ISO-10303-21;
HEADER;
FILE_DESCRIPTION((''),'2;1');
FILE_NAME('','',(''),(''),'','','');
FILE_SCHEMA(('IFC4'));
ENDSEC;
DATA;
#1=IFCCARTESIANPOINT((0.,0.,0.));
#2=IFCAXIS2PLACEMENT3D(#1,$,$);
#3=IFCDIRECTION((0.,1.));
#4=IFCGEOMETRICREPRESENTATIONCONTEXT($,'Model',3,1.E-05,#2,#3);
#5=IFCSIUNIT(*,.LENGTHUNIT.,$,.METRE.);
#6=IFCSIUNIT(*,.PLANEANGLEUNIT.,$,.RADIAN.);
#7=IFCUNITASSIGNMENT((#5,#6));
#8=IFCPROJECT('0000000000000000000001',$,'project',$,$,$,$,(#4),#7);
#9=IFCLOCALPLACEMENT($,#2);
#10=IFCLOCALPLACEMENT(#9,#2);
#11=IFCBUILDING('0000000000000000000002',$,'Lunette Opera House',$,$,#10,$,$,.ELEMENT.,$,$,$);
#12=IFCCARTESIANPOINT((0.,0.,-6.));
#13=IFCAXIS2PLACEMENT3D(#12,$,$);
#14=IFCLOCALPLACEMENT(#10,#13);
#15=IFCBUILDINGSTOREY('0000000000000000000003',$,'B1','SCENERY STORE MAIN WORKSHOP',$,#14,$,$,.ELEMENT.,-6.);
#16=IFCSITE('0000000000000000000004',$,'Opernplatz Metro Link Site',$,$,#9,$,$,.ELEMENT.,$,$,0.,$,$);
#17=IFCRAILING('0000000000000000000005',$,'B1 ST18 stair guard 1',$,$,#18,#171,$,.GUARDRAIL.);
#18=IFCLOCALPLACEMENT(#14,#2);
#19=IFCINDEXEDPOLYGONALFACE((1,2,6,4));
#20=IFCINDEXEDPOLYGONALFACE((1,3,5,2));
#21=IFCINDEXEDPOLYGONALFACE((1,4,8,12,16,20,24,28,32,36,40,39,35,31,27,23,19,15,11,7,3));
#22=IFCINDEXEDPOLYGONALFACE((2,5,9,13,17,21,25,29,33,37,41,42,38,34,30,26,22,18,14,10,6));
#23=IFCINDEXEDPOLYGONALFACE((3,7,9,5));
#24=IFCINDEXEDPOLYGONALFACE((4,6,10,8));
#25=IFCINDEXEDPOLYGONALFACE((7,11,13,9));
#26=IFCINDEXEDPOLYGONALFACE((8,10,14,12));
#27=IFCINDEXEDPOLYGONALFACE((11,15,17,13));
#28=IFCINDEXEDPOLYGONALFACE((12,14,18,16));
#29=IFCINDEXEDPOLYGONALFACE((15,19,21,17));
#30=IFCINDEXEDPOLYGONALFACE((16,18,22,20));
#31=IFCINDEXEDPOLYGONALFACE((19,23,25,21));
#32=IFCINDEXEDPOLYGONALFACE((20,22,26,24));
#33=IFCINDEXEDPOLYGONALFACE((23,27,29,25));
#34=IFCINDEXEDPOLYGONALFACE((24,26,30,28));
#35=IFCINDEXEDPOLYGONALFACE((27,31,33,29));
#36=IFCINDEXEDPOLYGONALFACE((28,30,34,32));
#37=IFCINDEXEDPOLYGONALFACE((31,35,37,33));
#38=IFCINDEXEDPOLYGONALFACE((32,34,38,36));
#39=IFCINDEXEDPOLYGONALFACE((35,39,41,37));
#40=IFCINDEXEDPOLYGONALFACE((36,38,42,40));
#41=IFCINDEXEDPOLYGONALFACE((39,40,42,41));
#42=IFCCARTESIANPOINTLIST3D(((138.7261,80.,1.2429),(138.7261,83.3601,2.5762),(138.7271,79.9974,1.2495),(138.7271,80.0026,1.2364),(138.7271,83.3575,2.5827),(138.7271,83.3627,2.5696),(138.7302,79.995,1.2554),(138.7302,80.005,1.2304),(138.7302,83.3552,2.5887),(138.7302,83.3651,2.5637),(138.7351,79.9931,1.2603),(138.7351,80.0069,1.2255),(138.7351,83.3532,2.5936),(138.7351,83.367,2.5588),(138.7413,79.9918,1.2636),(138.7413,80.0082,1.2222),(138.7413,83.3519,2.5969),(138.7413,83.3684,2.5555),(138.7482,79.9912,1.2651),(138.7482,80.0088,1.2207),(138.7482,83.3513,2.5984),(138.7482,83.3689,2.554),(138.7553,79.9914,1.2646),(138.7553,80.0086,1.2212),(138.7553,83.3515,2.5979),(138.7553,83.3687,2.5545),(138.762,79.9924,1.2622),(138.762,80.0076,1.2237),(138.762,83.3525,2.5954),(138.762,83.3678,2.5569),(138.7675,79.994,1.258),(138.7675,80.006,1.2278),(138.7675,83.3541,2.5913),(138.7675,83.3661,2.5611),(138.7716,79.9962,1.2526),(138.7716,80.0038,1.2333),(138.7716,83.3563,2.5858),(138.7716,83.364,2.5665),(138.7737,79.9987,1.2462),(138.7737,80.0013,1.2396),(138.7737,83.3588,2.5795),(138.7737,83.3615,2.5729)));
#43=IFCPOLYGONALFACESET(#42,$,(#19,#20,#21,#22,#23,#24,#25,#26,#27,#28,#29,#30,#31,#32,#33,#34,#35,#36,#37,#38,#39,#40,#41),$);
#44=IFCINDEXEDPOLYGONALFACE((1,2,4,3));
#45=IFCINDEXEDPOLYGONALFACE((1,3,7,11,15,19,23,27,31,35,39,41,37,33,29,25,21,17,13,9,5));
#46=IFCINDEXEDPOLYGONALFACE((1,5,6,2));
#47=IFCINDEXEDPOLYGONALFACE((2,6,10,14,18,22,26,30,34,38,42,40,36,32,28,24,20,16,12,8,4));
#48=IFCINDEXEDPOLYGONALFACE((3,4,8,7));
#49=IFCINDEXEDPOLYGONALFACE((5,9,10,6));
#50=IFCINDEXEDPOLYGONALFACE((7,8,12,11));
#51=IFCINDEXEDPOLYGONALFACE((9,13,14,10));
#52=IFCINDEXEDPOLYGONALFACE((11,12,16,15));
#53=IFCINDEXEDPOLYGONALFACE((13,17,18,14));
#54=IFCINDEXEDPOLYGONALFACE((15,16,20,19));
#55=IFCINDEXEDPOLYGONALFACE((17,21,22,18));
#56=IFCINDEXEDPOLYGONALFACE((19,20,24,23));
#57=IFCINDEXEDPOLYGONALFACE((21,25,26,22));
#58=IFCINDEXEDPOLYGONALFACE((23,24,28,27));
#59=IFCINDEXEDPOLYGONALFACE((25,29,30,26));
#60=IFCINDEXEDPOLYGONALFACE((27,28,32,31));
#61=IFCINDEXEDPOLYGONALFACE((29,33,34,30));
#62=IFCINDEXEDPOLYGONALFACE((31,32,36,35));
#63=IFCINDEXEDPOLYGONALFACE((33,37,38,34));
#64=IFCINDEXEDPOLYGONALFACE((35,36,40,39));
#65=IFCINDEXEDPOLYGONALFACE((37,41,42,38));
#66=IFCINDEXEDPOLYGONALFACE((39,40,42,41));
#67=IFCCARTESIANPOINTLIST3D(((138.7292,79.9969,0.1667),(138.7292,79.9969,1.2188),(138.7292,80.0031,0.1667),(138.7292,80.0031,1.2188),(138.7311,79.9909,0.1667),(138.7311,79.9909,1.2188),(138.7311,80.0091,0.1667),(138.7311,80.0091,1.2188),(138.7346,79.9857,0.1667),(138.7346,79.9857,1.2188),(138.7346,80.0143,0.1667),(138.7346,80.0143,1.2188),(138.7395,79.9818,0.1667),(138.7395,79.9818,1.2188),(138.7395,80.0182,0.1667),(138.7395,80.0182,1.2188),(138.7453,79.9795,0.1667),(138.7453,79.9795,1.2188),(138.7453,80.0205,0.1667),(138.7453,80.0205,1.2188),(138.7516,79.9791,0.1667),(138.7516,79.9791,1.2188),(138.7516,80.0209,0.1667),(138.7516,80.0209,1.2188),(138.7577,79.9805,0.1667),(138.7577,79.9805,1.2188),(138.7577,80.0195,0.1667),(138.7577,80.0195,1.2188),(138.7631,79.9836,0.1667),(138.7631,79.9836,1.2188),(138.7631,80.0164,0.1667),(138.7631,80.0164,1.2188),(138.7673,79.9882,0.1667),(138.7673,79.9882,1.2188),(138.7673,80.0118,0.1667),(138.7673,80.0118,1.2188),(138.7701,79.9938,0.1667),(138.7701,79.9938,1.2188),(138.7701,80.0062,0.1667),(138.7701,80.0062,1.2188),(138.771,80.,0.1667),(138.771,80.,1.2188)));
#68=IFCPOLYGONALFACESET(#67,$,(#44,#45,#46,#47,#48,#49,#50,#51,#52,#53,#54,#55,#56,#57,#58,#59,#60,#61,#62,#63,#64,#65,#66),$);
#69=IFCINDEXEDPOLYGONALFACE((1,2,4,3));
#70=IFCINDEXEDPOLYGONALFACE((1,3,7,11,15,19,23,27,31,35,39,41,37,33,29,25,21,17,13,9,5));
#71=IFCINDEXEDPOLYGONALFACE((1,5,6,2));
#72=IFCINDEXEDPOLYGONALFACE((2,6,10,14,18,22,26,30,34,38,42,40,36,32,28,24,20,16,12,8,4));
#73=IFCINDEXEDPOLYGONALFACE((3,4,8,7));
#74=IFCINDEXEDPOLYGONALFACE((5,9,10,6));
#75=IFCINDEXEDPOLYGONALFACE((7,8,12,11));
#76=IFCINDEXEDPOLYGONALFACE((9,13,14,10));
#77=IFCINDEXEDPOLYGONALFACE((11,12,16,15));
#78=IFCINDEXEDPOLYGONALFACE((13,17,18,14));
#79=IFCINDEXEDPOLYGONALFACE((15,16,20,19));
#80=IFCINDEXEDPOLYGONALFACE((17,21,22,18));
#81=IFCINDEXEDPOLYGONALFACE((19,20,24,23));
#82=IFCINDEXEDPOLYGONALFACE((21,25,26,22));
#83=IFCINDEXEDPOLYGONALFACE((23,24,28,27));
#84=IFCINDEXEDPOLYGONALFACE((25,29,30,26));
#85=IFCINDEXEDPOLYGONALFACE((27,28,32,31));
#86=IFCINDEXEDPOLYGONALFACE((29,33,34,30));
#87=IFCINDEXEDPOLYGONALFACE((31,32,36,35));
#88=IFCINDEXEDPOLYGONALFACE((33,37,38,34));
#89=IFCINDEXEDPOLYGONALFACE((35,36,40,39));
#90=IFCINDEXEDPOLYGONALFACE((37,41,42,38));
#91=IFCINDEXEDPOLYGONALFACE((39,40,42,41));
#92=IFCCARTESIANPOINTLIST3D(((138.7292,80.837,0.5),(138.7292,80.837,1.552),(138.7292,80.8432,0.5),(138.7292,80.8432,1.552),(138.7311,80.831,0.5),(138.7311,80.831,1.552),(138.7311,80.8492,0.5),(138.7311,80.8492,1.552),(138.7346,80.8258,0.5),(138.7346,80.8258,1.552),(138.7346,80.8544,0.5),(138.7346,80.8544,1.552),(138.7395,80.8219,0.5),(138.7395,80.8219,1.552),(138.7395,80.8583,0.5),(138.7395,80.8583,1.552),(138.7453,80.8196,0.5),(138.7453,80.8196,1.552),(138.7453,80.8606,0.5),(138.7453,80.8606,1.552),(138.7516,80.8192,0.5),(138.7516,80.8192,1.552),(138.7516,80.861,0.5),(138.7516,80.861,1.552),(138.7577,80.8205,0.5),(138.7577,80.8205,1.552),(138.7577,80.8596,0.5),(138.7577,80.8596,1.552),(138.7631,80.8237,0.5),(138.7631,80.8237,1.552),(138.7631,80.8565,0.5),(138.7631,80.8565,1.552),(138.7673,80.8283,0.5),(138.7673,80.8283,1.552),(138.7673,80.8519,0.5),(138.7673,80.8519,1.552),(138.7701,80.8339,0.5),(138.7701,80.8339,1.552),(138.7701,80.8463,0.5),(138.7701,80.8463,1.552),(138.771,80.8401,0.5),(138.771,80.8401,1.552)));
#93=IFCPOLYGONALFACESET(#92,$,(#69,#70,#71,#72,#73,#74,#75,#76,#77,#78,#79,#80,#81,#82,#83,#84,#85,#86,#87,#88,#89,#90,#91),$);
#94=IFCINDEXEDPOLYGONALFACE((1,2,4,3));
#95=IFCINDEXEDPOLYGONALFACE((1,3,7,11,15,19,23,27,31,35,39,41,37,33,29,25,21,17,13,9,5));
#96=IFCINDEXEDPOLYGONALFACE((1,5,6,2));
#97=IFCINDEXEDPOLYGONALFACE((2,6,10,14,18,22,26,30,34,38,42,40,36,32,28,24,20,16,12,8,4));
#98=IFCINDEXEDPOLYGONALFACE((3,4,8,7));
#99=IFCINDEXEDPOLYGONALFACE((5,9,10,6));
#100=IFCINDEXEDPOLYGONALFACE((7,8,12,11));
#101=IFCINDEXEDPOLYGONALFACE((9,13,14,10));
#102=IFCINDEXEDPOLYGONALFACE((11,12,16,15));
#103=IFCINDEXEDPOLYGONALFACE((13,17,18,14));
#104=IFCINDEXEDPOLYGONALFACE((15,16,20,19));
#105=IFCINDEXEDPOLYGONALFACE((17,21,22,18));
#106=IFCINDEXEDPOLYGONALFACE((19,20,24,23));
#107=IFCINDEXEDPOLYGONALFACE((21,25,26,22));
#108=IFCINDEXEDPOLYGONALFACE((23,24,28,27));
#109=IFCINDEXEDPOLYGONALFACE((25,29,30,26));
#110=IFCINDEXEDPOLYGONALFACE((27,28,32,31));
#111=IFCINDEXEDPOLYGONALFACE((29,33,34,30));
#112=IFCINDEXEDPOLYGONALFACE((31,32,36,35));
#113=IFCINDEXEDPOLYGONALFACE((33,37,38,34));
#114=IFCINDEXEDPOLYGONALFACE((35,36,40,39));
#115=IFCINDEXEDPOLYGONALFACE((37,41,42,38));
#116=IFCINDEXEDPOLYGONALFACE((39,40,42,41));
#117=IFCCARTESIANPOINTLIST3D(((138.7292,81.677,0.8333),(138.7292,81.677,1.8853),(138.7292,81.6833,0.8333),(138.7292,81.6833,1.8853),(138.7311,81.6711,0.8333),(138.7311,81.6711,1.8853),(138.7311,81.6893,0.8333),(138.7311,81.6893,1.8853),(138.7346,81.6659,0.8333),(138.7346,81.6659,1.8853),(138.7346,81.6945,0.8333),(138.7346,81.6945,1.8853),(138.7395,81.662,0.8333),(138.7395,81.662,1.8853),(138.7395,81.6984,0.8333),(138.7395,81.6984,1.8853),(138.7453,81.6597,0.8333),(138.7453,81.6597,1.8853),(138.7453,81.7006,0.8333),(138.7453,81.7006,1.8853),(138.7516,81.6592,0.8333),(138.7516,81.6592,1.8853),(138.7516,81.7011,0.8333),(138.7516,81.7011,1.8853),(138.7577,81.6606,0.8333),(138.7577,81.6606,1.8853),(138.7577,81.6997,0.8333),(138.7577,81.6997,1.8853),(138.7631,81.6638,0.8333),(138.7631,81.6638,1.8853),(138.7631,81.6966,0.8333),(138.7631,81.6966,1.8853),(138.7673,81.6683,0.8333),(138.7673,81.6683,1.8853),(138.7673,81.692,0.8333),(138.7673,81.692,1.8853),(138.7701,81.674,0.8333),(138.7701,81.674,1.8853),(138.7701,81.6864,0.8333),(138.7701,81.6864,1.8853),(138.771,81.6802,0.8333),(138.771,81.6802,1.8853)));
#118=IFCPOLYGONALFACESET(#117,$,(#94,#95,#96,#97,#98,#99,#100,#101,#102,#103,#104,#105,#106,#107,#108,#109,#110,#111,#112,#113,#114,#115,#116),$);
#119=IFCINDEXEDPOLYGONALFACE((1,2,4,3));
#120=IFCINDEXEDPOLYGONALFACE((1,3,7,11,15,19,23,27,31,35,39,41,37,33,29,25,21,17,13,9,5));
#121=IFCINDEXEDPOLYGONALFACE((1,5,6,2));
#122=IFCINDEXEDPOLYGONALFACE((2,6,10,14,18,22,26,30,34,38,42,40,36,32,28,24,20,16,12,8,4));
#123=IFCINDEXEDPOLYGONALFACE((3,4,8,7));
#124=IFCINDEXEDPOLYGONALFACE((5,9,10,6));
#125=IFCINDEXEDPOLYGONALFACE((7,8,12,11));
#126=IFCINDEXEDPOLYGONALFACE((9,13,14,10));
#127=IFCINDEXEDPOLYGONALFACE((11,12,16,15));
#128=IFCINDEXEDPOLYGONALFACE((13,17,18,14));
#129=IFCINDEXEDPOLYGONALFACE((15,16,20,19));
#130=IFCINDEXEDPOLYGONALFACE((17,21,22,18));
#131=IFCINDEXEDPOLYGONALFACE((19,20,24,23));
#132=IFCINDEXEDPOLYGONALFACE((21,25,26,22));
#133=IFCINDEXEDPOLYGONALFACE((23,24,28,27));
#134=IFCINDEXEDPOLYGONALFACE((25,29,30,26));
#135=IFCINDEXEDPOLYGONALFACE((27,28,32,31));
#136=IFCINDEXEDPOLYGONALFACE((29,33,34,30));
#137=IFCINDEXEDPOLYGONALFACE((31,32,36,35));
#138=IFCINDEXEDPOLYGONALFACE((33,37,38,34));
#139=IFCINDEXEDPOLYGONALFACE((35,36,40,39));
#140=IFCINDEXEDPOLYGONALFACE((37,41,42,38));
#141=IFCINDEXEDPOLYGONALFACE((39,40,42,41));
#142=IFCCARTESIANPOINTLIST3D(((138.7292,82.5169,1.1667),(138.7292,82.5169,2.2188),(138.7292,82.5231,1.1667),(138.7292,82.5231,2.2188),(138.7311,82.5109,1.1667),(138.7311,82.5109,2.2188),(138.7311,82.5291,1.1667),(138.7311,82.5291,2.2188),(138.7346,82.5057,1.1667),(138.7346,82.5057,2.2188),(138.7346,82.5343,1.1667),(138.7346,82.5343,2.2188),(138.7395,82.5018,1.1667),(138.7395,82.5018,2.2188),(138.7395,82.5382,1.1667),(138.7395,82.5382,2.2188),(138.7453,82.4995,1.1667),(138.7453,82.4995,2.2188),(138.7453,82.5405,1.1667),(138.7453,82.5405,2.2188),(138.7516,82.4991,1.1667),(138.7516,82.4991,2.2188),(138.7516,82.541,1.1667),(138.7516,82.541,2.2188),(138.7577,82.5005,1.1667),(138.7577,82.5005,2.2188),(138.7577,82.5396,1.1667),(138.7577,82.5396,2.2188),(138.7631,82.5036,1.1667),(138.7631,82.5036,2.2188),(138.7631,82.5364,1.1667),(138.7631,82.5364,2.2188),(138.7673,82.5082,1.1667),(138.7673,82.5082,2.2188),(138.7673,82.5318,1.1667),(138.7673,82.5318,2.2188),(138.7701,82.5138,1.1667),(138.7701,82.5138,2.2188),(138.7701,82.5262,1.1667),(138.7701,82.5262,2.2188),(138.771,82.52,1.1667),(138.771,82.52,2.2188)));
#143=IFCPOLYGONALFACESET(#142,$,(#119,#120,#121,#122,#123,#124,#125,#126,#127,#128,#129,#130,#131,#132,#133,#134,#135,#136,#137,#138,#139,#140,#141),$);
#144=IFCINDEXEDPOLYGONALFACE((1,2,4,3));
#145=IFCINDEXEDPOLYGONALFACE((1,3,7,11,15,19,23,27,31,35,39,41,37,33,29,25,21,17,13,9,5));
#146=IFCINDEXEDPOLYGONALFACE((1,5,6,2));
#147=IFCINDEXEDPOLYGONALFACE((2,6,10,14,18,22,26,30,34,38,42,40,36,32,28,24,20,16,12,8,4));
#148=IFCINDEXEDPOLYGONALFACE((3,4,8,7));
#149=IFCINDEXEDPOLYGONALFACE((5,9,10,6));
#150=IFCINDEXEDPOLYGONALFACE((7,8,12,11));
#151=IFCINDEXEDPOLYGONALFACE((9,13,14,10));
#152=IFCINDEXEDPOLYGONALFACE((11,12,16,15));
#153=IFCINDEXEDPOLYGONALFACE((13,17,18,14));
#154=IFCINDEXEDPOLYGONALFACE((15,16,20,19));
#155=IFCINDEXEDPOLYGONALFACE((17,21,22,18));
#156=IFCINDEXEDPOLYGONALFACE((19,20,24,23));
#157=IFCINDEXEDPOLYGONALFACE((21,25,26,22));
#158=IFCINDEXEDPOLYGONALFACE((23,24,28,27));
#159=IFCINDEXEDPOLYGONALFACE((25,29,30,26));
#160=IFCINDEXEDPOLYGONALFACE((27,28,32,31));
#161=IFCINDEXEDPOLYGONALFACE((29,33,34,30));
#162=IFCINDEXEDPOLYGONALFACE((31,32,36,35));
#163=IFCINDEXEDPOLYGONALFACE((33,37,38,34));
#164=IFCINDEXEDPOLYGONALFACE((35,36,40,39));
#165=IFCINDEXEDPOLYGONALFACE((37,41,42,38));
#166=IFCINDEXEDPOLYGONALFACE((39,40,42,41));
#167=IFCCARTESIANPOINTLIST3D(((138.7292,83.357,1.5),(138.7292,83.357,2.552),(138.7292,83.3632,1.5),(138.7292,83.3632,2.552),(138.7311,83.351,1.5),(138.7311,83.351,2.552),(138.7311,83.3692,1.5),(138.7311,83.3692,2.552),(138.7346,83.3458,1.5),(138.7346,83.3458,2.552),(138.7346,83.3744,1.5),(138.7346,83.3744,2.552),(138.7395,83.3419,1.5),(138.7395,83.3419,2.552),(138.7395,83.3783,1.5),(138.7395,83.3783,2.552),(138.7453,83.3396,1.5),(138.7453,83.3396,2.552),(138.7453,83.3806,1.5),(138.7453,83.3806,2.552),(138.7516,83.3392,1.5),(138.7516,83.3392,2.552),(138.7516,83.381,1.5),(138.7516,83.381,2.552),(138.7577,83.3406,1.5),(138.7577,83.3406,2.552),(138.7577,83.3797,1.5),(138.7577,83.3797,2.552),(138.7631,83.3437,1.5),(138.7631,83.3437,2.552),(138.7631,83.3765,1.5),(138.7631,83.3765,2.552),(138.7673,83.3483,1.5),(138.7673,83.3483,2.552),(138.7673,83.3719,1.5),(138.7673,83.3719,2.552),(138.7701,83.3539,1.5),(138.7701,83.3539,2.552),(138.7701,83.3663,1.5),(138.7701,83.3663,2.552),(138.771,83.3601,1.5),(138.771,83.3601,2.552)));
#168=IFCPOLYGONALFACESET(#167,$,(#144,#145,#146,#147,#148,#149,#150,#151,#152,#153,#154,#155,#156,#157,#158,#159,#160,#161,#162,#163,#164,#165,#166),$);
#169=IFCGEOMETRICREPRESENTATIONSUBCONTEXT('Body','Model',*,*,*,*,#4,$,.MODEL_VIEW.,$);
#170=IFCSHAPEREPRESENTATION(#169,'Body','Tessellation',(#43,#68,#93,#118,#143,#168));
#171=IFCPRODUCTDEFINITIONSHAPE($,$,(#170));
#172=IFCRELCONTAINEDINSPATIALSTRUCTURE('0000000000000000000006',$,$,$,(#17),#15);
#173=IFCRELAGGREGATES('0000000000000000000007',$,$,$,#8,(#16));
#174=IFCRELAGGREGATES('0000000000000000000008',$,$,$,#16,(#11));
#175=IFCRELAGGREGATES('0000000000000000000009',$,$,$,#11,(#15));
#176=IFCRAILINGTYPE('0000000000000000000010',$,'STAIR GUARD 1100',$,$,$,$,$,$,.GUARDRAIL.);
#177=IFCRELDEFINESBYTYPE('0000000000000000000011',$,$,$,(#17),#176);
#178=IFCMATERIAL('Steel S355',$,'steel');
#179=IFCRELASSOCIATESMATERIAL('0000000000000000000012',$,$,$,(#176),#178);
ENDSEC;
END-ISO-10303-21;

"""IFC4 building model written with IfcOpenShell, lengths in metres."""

from ifc_helpers import new_model, si_unit, direction, frame, origin, origin_2d, place, context, subcontext, project, spatial, circle, extrude, material, type_object, element, save


model = new_model("IFC4")

# Units and contexts
model_context = context("Model", 3, precision=1e-05, world=origin(), true_north=direction((0.0, 1.0)))
body_context = subcontext(model_context, "Body", "Model", "MODEL_VIEW")
ifc_project = project(units=[si_unit("LENGTHUNIT", "METRE"), si_unit("PLANEANGLEUNIT", "RADIAN")], contexts=[model_context])

# Site, building, storey
site_placement = place(None, origin())
site = spatial("IfcSite", under=ifc_project, at=site_placement, Name="Opernplatz Metro Link Site", CompositionType="ELEMENT", RefElevation=0.0)
building_placement = place(site_placement, origin())
building = spatial("IfcBuilding", under=site, at=building_placement, Name="Lunette Opera House", CompositionType="ELEMENT")
storey_placement = place(building_placement, frame((0.0, 0.0, -6.0)))
storey = spatial("IfcBuildingStorey", under=building, at=storey_placement, Name="B1", Description="SCENERY STORE MAIN WORKSHOP", CompositionType="ELEMENT", Elevation=-6.0)

# Railing
ifc_material_1 = material(Name="Steel S355", Category="steel")
railing_type_1 = type_object("IfcRailingType", Name="STAIR GUARD 1100", PredefinedType="GUARDRAIL", material=ifc_material_1)
railing_1_placement = place(storey_placement, frame((138.75, 80.0, 0.1667)))
element("IfcRailing", 1, at=railing_1_placement, inside=storey, type_object=railing_type_1, Name="B1 ST18 stair guard 1", PredefinedType="GUARDRAIL", context=body_context, shape_type="SweptSolid", body=[
    extrude(circle(Radius=0.0239, at=origin_2d()), frame((0.0, 0.0, 1.0762), z_axis=(0.0, 0.929502, 0.368816), x_axis=(-1.0, 0.0, 0.0)), (0.0, 0.0, 1.0), 3.615),
    extrude(circle(Radius=0.021, at=origin_2d()), origin(), (0.0, 0.0, 1.0), 1.052),
    extrude(circle(Radius=0.021, at=origin_2d()), frame((0.0, 0.8401, 0.3333)), (0.0, 0.0, 1.0), 1.052),
    extrude(circle(Radius=0.021, at=origin_2d()), frame((0.0, 1.6802, 0.6665)), (0.0, 0.0, 1.0), 1.052),
    extrude(circle(Radius=0.021, at=origin_2d()), frame((0.0, 2.52, 1.0)), (0.0, 0.0, 1.0), 1.052),
    extrude(circle(Radius=0.021, at=origin_2d()), frame((0.0, 3.3601, 1.3333)), (0.0, 0.0, 1.0), 1.052),
])

save(model, "model.ifc")
